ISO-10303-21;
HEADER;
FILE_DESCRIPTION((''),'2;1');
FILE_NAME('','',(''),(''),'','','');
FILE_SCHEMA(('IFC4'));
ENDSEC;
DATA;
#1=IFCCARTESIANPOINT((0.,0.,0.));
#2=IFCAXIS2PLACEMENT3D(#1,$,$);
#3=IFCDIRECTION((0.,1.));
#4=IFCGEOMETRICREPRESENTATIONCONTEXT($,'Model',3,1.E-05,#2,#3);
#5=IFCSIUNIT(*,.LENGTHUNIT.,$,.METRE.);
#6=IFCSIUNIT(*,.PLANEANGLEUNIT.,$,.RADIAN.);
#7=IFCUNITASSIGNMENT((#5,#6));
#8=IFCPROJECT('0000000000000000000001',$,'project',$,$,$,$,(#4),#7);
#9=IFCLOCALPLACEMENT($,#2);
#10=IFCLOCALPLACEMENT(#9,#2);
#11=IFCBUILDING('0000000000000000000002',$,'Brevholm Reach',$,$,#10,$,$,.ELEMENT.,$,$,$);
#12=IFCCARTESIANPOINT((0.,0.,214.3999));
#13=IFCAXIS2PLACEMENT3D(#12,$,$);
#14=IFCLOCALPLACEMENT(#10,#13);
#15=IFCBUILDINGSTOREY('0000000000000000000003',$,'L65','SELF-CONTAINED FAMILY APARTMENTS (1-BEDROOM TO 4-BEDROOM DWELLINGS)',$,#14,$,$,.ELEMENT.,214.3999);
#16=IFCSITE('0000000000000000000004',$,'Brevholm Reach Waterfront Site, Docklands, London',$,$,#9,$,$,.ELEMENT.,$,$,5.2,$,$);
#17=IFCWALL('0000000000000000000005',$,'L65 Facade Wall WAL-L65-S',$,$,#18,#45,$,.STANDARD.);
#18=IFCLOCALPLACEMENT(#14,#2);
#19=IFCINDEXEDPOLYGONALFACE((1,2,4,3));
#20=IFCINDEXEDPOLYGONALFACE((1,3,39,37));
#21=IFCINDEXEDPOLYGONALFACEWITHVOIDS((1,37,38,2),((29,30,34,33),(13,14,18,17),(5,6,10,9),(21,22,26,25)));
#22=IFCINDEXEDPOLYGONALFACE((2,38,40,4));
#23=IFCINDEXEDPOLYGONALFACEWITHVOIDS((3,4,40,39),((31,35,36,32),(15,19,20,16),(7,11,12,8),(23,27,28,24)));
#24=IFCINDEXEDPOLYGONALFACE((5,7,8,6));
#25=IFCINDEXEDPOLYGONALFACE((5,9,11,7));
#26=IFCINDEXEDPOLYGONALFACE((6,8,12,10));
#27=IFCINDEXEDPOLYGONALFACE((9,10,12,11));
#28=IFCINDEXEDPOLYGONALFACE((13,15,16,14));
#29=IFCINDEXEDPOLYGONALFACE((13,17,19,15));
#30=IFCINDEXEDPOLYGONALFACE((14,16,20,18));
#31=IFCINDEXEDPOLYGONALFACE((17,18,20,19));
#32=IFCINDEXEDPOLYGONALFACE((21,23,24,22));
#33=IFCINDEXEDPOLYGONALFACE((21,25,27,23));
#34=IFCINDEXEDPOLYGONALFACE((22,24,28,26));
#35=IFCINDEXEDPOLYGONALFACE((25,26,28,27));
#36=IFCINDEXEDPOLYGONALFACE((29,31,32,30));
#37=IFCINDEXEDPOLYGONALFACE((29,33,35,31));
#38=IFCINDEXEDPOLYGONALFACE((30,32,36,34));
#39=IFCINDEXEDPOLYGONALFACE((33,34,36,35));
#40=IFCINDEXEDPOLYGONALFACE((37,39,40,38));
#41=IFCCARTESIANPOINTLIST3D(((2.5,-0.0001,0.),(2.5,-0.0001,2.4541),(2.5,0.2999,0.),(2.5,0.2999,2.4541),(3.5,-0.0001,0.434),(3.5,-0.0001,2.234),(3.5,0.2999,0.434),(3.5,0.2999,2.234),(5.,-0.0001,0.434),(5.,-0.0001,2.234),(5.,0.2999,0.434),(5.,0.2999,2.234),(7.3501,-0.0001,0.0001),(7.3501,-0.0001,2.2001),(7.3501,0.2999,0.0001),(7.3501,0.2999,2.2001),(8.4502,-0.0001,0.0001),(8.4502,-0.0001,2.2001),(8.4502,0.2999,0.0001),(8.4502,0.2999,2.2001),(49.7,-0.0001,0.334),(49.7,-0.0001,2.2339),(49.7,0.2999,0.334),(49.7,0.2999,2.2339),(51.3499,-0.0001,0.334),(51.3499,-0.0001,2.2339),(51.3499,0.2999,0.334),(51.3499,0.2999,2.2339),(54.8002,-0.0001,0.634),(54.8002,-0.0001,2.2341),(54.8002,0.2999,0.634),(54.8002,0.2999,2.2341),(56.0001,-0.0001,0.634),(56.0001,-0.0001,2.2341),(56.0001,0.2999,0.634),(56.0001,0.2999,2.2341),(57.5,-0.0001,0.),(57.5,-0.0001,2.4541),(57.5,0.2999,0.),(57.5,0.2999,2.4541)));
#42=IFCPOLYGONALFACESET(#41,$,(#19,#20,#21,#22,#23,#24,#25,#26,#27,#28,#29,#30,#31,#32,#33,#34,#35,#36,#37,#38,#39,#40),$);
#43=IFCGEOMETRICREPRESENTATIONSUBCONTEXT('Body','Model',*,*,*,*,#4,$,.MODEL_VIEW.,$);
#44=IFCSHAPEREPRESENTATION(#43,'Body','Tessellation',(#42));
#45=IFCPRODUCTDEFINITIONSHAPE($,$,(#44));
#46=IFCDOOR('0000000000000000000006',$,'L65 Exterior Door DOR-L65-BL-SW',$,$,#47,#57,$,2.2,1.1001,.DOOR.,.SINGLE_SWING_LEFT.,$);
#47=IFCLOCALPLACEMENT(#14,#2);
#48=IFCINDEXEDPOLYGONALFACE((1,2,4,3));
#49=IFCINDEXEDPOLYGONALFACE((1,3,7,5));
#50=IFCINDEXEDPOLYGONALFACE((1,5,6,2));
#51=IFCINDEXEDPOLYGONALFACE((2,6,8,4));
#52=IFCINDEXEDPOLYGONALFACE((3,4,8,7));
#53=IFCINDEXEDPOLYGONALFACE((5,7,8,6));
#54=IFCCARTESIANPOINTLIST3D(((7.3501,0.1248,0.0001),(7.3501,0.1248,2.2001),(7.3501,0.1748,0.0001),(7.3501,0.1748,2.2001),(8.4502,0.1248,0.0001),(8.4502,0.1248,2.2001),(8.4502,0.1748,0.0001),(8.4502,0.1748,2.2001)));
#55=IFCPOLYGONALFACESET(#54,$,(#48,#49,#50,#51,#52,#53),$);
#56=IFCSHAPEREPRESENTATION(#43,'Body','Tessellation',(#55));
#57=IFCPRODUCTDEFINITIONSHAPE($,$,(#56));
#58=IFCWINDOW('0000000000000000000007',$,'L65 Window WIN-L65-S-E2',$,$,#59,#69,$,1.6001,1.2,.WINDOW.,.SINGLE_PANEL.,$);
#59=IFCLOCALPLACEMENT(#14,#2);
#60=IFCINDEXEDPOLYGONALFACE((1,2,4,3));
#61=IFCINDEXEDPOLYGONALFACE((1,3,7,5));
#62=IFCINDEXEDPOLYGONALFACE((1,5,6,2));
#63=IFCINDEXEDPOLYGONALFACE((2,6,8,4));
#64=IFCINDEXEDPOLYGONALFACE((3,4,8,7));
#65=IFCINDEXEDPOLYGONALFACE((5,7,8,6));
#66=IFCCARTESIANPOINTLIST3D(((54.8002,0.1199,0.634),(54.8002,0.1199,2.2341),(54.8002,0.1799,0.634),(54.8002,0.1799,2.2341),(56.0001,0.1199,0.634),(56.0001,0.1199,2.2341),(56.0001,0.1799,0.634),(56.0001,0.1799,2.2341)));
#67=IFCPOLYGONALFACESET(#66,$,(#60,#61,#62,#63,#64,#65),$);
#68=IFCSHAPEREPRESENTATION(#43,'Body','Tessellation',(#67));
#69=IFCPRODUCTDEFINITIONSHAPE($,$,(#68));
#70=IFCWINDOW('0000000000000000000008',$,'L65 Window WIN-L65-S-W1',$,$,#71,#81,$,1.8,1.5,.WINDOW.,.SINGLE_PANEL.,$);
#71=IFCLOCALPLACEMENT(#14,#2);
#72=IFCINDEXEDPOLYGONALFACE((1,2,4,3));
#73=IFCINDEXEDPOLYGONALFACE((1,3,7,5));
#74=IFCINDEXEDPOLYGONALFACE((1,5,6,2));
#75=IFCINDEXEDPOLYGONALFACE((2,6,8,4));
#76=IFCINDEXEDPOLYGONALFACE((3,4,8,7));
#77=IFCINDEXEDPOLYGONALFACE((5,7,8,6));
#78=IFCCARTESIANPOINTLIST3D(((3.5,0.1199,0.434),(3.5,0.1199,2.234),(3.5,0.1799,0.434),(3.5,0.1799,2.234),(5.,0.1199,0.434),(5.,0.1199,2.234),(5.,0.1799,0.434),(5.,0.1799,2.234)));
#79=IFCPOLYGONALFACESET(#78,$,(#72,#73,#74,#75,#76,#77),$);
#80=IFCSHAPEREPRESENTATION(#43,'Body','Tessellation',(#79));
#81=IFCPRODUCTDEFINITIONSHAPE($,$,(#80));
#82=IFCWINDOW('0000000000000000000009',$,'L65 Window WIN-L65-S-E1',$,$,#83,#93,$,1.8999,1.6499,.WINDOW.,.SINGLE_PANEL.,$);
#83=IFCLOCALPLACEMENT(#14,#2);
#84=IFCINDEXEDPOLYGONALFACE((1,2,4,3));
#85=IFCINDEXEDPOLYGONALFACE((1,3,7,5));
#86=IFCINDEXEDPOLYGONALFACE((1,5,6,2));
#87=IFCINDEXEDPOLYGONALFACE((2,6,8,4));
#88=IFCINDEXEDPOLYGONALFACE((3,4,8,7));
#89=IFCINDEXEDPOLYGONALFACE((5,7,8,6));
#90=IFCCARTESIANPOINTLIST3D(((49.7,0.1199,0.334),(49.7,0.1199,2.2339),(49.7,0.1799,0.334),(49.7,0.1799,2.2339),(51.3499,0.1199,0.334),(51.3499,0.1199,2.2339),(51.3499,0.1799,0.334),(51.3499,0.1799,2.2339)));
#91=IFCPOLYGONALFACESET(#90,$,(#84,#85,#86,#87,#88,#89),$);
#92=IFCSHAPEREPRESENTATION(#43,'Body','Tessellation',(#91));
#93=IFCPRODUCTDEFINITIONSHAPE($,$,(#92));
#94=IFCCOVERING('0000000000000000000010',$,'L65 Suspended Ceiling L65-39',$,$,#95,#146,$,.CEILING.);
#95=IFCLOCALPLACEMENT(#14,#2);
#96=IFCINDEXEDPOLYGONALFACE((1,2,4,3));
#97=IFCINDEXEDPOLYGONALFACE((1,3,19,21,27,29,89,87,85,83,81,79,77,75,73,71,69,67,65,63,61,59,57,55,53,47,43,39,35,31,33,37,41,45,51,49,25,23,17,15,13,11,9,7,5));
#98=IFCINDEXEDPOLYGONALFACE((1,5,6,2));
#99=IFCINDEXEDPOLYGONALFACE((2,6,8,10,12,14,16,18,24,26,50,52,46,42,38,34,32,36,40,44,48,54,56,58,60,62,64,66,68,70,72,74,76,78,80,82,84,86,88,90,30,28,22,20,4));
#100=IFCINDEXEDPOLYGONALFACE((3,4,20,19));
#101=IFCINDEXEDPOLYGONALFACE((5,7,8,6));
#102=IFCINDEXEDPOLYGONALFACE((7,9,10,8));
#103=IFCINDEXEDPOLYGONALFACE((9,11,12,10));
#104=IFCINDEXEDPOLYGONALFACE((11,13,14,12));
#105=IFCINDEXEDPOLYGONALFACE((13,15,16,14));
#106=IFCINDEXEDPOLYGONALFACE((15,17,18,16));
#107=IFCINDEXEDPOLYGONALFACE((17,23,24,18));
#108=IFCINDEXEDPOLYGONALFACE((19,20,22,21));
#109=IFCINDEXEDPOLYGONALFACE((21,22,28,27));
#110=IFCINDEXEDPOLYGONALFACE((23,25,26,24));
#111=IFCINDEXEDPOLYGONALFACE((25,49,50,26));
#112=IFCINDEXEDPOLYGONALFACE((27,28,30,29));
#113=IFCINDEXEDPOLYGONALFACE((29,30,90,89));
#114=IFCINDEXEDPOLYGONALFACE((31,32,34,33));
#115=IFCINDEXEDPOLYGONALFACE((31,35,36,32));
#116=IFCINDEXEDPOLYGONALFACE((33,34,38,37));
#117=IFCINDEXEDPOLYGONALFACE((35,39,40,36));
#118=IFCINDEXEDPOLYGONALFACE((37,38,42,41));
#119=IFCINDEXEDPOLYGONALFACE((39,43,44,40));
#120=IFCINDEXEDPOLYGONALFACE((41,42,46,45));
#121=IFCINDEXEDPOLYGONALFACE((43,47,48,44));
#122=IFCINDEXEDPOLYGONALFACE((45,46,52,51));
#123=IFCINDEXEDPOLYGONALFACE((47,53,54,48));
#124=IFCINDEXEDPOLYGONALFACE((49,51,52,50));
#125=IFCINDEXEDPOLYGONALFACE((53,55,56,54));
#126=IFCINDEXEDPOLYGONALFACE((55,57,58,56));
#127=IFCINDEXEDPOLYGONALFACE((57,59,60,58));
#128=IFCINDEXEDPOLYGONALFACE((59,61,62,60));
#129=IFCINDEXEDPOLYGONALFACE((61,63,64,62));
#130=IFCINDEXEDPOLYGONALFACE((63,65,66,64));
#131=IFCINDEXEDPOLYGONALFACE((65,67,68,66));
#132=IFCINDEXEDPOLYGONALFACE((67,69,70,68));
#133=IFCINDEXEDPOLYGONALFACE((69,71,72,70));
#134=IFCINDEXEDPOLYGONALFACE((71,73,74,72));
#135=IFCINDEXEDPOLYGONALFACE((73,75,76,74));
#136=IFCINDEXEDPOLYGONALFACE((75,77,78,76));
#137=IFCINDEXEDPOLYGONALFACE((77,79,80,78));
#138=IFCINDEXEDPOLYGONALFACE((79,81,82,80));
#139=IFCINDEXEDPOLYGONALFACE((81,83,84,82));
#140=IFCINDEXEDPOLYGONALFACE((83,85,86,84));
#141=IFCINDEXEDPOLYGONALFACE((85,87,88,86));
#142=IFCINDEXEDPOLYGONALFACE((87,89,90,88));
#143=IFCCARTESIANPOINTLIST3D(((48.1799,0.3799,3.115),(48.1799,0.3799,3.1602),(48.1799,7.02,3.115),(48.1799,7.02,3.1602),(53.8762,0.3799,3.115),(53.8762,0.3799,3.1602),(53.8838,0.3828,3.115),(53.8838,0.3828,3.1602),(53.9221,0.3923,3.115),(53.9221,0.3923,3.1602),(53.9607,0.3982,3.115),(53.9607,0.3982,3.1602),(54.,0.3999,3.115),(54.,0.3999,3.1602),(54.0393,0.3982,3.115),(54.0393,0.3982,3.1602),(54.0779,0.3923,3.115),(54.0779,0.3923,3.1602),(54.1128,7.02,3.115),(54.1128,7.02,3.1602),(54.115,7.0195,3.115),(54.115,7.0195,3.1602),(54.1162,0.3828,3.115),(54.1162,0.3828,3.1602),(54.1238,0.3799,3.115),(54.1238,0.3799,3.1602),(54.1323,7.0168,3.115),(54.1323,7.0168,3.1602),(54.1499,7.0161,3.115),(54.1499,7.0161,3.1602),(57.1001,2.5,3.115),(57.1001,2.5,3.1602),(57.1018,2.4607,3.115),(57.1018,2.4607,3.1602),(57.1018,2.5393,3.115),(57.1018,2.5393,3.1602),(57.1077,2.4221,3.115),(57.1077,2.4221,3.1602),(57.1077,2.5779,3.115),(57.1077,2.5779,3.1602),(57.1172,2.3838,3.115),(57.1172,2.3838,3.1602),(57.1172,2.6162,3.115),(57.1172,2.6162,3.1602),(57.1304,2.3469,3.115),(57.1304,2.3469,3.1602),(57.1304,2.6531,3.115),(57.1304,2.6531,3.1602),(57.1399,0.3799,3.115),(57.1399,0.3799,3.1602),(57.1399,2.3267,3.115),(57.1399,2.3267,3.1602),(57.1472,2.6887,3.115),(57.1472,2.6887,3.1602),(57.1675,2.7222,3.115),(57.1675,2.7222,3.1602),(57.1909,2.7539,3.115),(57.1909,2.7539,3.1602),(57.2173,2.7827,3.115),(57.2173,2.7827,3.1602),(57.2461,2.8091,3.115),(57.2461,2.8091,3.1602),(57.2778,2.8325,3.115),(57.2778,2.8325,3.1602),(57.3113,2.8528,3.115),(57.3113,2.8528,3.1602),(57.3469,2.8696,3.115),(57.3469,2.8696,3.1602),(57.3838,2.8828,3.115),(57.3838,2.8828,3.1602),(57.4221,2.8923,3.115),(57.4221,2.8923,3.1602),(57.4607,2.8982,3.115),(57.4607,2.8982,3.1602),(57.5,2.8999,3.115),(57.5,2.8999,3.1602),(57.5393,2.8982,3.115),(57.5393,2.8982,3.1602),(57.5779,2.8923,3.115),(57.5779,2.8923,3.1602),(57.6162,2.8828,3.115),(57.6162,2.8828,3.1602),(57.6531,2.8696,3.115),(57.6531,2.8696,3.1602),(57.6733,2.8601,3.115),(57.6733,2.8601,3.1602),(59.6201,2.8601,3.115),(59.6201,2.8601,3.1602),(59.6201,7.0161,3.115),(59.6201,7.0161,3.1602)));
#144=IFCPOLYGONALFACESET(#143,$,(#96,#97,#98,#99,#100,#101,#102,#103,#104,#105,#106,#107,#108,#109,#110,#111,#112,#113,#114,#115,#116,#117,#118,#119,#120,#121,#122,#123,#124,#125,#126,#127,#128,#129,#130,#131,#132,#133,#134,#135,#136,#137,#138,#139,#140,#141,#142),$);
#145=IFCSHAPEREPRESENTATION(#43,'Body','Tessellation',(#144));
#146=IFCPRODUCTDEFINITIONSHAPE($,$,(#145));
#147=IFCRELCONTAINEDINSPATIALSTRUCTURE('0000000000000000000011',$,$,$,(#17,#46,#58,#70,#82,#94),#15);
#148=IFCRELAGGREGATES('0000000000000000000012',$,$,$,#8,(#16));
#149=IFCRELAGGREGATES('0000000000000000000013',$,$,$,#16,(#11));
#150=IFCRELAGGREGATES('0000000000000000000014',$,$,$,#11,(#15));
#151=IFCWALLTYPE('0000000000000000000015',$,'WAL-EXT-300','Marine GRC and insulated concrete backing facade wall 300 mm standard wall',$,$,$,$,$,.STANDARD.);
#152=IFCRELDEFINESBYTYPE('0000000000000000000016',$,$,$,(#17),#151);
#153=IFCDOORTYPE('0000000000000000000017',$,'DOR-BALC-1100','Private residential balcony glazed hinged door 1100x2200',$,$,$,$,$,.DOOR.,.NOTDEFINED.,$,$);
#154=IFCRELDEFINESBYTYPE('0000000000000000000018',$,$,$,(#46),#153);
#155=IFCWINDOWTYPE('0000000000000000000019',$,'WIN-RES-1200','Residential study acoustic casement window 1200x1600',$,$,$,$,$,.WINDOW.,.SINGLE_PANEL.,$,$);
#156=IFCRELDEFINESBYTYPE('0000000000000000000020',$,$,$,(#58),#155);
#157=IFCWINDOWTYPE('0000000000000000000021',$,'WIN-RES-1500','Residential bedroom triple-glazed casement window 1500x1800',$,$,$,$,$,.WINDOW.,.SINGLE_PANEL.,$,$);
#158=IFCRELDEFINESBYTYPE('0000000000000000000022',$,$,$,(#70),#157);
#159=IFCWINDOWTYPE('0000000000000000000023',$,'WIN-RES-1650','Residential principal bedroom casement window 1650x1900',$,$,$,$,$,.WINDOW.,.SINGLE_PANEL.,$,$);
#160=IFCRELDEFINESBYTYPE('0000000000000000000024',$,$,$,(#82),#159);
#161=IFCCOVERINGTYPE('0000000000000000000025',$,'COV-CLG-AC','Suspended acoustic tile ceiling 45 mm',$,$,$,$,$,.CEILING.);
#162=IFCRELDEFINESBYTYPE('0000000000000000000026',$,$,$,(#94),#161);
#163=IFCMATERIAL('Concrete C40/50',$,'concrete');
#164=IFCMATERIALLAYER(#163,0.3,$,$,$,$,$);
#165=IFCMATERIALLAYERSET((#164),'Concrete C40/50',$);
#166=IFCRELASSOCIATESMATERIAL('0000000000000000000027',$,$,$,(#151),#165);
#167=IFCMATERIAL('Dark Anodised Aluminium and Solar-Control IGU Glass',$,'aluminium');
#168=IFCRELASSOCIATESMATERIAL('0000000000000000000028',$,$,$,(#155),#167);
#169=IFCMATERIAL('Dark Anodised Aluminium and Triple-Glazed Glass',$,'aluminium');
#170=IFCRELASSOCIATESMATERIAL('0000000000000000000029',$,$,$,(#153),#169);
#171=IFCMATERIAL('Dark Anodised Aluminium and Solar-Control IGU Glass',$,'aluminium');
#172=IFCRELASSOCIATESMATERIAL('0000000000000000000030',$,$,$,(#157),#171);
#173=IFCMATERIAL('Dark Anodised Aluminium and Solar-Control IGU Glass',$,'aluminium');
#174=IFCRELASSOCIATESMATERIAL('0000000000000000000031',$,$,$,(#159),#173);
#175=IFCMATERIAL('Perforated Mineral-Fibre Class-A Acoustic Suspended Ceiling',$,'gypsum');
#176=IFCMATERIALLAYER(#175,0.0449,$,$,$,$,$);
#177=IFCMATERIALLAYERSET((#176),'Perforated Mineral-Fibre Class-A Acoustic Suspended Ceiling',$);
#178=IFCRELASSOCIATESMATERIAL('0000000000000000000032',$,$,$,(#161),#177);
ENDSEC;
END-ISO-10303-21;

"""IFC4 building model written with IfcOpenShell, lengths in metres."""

from ifc_helpers import new_model, si_unit, direction, frame, frame_2d, origin, place, context, subcontext, project, spatial, polyline, rectangle, outline, extrude, material, layer, layer_set, type_object, element, fill, save


model = new_model("IFC4")

# Units and contexts
model_context = context("Model", 3, precision=1e-05, world=origin(), true_north=direction((0.0, 1.0)))
body_context = subcontext(model_context, "Body", "Model", "MODEL_VIEW")
ifc_project = project(units=[si_unit("LENGTHUNIT", "METRE"), si_unit("PLANEANGLEUNIT", "RADIAN")], contexts=[model_context])

# Site, building, storey
site_placement = place(None, origin())
site = spatial("IfcSite", under=ifc_project, at=site_placement, Name="Brevholm Reach Waterfront Site, Docklands, London", CompositionType="ELEMENT", RefElevation=5.2)
building_placement = place(site_placement, origin())
building = spatial("IfcBuilding", under=site, at=building_placement, Name="Brevholm Reach", CompositionType="ELEMENT")
storey_placement = place(building_placement, frame((0.0, 0.0, 214.3999)))
storey = spatial("IfcBuildingStorey", under=building, at=storey_placement, Name="L65", Description="SELF-CONTAINED FAMILY APARTMENTS (1-BEDROOM TO 4-BEDROOM DWELLINGS)", CompositionType="ELEMENT", Elevation=214.3999)

# Shared definitions
ifc_material_1 = material(Name="Concrete C40/50", Category="concrete")
ifc_layer_1 = layer(ifc_material_1, 0.3)
ifc_layer_set_1 = layer_set([ifc_layer_1], Name="Concrete C40/50")
wall_type = type_object("IfcWallType", Name="WAL-EXT-300", Description="Marine GRC and insulated concrete backing facade wall 300 mm standard wall", PredefinedType="STANDARD", material=ifc_layer_set_1)
ifc_material_2 = material(Name="Dark Anodised Aluminium and Solar-Control IGU Glass", Category="aluminium")
window_type_1 = type_object("IfcWindowType", Name="WIN-RES-1200", Description="Residential study acoustic casement window 1200x1600", PartitioningType="SINGLE_PANEL", PredefinedType="WINDOW", material=ifc_material_2)

# Wall, openings, door, windows
wall_1_placement = place(storey_placement, frame((2.5, 0.1499, 0.0), z_axis=(0.0, 0.0, 1.0), x_axis=(1.0, 0.0, 0.0)))
wall_1 = element("IfcWall", 1, at=wall_1_placement, inside=storey, type_object=wall_type, Name="L65 Facade Wall WAL-L65-S", PredefinedType="STANDARD", context=body_context, shape_type="SweptSolid", body=[
    extrude(rectangle(XDim=55.0, YDim=0.3, at=frame_2d((27.5, 0.0))), origin(), (0.0, 0.0, 1.0), 2.4541),
])
opening_1_placement = place(wall_1_placement, frame((4.8501, 0.0, 0.0)))
opening_1 = element("IfcOpeningElement", 2, at=opening_1_placement, cuts=wall_1, PredefinedType="OPENING", context=body_context, shape_type="SweptSolid", body=[
    extrude(rectangle(XDim=1.1001, YDim=2.2, at=frame_2d((0.55, 1.1001))), frame((0.0, 0.1599, 0.0), z_axis=(0.0, -1.0, 0.0), x_axis=(1.0, 0.0, 0.0)), (0.0, 0.0, 1.0), 0.3201),
])
opening_2_placement = place(wall_1_placement, frame((1.0, 0.0, 0.4341)))
opening_2 = element("IfcOpeningElement", 3, at=opening_2_placement, cuts=wall_1, PredefinedType="OPENING", context=body_context, shape_type="SweptSolid", body=[
    extrude(rectangle(XDim=1.5, YDim=1.8, at=frame_2d((0.75, 0.8999))), frame((0.0, 0.1599, 0.0), z_axis=(0.0, -1.0, 0.0), x_axis=(1.0, 0.0, 0.0)), (0.0, 0.0, 1.0), 0.3201),
])
opening_3_placement = place(wall_1_placement, frame((47.2, 0.0, 0.334)))
opening_3 = element("IfcOpeningElement", 4, at=opening_3_placement, cuts=wall_1, PredefinedType="OPENING", context=body_context, shape_type="SweptSolid", body=[
    extrude(rectangle(XDim=1.6499, YDim=1.8999, at=frame_2d((0.825, 0.95))), frame((0.0, 0.1599, 0.0), z_axis=(0.0, -1.0, 0.0), x_axis=(1.0, 0.0, 0.0)), (0.0, 0.0, 1.0), 0.3201),
])
opening_4_placement = place(wall_1_placement, frame((52.3, 0.0, 0.634)))
opening_4 = element("IfcOpeningElement", 5, at=opening_4_placement, cuts=wall_1, PredefinedType="OPENING", context=body_context, shape_type="SweptSolid", body=[
    extrude(rectangle(XDim=1.2, YDim=1.6001, at=frame_2d((0.6001, 0.8))), frame((0.0, 0.1599, 0.0), z_axis=(0.0, -1.0, 0.0), x_axis=(1.0, 0.0, 0.0)), (0.0, 0.0, 1.0), 0.3201),
])
ifc_material_3 = material(Name="Dark Anodised Aluminium and Triple-Glazed Glass", Category="aluminium")
door_type = type_object("IfcDoorType", Name="DOR-BALC-1100", Description="Private residential balcony glazed hinged door 1100x2200", OperationType="NOTDEFINED", PredefinedType="DOOR", material=ifc_material_3)
door_placement = place(opening_1_placement, origin())
door = element("IfcDoor", 6, at=door_placement, inside=storey, type_object=door_type, Name="L65 Exterior Door DOR-L65-BL-SW", OperationType="SINGLE_SWING_LEFT", OverallHeight=2.2, OverallWidth=1.1001, PredefinedType="DOOR", context=body_context, shape_type="SweptSolid", body=[
    extrude(rectangle(XDim=1.1001, YDim=2.2, at=frame_2d((0.55, 1.1001))), frame((0.0, 0.0249, 0.0), z_axis=(0.0, -1.0, 0.0), x_axis=(1.0, 0.0, 0.0)), (0.0, 0.0, 1.0), 0.05),
])
fill(opening_1, door)
window_1_placement = place(opening_4_placement, origin())
window_1 = element("IfcWindow", 7, at=window_1_placement, inside=storey, type_object=window_type_1, Name="L65 Window WIN-L65-S-E2", OverallHeight=1.6001, OverallWidth=1.2, PartitioningType="SINGLE_PANEL", PredefinedType="WINDOW", context=body_context, shape_type="SweptSolid", body=[
    extrude(rectangle(XDim=1.2, YDim=1.6001, at=frame_2d((0.6001, 0.8))), frame((0.0, 0.03, 0.0), z_axis=(0.0, -1.0, 0.0), x_axis=(1.0, 0.0, 0.0)), (0.0, 0.0, 1.0), 0.0601),
])
fill(opening_4, window_1)
ifc_material_4 = material(Name="Dark Anodised Aluminium and Solar-Control IGU Glass", Category="aluminium")
window_type_2 = type_object("IfcWindowType", Name="WIN-RES-1500", Description="Residential bedroom triple-glazed casement window 1500x1800", PartitioningType="SINGLE_PANEL", PredefinedType="WINDOW", material=ifc_material_4)
window_2_placement = place(opening_2_placement, origin())
window_2 = element("IfcWindow", 8, at=window_2_placement, inside=storey, type_object=window_type_2, Name="L65 Window WIN-L65-S-W1", OverallHeight=1.8, OverallWidth=1.5, PartitioningType="SINGLE_PANEL", PredefinedType="WINDOW", context=body_context, shape_type="SweptSolid", body=[
    extrude(rectangle(XDim=1.5, YDim=1.8, at=frame_2d((0.75, 0.8999))), frame((0.0, 0.03, 0.0), z_axis=(0.0, -1.0, 0.0), x_axis=(1.0, 0.0, 0.0)), (0.0, 0.0, 1.0), 0.0601),
])
fill(opening_2, window_2)
ifc_material_5 = material(Name="Dark Anodised Aluminium and Solar-Control IGU Glass", Category="aluminium")
window_type_3 = type_object("IfcWindowType", Name="WIN-RES-1650", Description="Residential principal bedroom casement window 1650x1900", PartitioningType="SINGLE_PANEL", PredefinedType="WINDOW", material=ifc_material_5)
window_3_placement = place(opening_3_placement, origin())
window_3 = element("IfcWindow", 9, at=window_3_placement, inside=storey, type_object=window_type_3, Name="L65 Window WIN-L65-S-E1", OverallHeight=1.8999, OverallWidth=1.6499, PartitioningType="SINGLE_PANEL", PredefinedType="WINDOW", context=body_context, shape_type="SweptSolid", body=[
    extrude(rectangle(XDim=1.6499, YDim=1.8999, at=frame_2d((0.825, 0.95))), frame((0.0, 0.03, 0.0), z_axis=(0.0, -1.0, 0.0), x_axis=(1.0, 0.0, 0.0)), (0.0, 0.0, 1.0), 0.0601),
])
fill(opening_3, window_3)

# Covering
ifc_material_6 = material(Name="Perforated Mineral-Fibre Class-A Acoustic Suspended Ceiling", Category="gypsum")
ifc_layer_2 = layer(ifc_material_6, 0.0449)
ifc_layer_set_2 = layer_set([ifc_layer_2], Name="Perforated Mineral-Fibre Class-A Acoustic Suspended Ceiling")
covering_type_1 = type_object("IfcCoveringType", Name="COV-CLG-AC", Description="Suspended acoustic tile ceiling 45 mm", PredefinedType="CEILING", material=ifc_layer_set_2)
covering_1_placement = place(storey_placement, frame((0.0, 0.0, 3.115)))
element("IfcCovering", 10, at=covering_1_placement, inside=storey, type_object=covering_type_1, Name="L65 Suspended Ceiling L65-39", PredefinedType="CEILING", context=body_context, shape_type="SweptSolid", body=[
    extrude(outline(polyline([(48.1799, 7.02), (54.1128, 7.02), (54.115, 7.0195), (54.1323, 7.0168), (54.1499, 7.0161), (59.6201, 7.0161), (59.6201, 2.8601), (57.6733, 2.8601), (57.6531, 2.8696), (57.6162, 2.8828), (57.5779, 2.8923), (57.5393, 2.8982), (57.5, 2.8999), (57.4607, 2.8982), (57.4221, 2.8923), (57.3838, 2.8828), (57.3469, 2.8696), (57.3113, 2.8528), (57.2778, 2.8325), (57.2461, 2.8091), (57.2173, 2.7827), (57.1909, 2.7539), (57.1675, 2.7222), (57.1472, 2.6887), (57.1304, 2.6531), (57.1172, 2.6162), (57.1077, 2.5779), (57.1018, 2.5393), (57.1001, 2.5), (57.1018, 2.4607), (57.1077, 2.4221), (57.1172, 2.3838), (57.1304, 2.3469), (57.1399, 2.3267), (57.1399, 0.3799), (54.1238, 0.3799), (54.1162, 0.3828), (54.0779, 0.3923), (54.0393, 0.3982), (54.0, 0.3999), (53.9607, 0.3982), (53.9221, 0.3923), (53.8838, 0.3828), (53.8762, 0.3799), (48.1799, 0.3799), (48.1799, 7.02)])), origin(), (0.0, 0.0, 1.0), 0.0452),
])

save(model, "model.ifc")
